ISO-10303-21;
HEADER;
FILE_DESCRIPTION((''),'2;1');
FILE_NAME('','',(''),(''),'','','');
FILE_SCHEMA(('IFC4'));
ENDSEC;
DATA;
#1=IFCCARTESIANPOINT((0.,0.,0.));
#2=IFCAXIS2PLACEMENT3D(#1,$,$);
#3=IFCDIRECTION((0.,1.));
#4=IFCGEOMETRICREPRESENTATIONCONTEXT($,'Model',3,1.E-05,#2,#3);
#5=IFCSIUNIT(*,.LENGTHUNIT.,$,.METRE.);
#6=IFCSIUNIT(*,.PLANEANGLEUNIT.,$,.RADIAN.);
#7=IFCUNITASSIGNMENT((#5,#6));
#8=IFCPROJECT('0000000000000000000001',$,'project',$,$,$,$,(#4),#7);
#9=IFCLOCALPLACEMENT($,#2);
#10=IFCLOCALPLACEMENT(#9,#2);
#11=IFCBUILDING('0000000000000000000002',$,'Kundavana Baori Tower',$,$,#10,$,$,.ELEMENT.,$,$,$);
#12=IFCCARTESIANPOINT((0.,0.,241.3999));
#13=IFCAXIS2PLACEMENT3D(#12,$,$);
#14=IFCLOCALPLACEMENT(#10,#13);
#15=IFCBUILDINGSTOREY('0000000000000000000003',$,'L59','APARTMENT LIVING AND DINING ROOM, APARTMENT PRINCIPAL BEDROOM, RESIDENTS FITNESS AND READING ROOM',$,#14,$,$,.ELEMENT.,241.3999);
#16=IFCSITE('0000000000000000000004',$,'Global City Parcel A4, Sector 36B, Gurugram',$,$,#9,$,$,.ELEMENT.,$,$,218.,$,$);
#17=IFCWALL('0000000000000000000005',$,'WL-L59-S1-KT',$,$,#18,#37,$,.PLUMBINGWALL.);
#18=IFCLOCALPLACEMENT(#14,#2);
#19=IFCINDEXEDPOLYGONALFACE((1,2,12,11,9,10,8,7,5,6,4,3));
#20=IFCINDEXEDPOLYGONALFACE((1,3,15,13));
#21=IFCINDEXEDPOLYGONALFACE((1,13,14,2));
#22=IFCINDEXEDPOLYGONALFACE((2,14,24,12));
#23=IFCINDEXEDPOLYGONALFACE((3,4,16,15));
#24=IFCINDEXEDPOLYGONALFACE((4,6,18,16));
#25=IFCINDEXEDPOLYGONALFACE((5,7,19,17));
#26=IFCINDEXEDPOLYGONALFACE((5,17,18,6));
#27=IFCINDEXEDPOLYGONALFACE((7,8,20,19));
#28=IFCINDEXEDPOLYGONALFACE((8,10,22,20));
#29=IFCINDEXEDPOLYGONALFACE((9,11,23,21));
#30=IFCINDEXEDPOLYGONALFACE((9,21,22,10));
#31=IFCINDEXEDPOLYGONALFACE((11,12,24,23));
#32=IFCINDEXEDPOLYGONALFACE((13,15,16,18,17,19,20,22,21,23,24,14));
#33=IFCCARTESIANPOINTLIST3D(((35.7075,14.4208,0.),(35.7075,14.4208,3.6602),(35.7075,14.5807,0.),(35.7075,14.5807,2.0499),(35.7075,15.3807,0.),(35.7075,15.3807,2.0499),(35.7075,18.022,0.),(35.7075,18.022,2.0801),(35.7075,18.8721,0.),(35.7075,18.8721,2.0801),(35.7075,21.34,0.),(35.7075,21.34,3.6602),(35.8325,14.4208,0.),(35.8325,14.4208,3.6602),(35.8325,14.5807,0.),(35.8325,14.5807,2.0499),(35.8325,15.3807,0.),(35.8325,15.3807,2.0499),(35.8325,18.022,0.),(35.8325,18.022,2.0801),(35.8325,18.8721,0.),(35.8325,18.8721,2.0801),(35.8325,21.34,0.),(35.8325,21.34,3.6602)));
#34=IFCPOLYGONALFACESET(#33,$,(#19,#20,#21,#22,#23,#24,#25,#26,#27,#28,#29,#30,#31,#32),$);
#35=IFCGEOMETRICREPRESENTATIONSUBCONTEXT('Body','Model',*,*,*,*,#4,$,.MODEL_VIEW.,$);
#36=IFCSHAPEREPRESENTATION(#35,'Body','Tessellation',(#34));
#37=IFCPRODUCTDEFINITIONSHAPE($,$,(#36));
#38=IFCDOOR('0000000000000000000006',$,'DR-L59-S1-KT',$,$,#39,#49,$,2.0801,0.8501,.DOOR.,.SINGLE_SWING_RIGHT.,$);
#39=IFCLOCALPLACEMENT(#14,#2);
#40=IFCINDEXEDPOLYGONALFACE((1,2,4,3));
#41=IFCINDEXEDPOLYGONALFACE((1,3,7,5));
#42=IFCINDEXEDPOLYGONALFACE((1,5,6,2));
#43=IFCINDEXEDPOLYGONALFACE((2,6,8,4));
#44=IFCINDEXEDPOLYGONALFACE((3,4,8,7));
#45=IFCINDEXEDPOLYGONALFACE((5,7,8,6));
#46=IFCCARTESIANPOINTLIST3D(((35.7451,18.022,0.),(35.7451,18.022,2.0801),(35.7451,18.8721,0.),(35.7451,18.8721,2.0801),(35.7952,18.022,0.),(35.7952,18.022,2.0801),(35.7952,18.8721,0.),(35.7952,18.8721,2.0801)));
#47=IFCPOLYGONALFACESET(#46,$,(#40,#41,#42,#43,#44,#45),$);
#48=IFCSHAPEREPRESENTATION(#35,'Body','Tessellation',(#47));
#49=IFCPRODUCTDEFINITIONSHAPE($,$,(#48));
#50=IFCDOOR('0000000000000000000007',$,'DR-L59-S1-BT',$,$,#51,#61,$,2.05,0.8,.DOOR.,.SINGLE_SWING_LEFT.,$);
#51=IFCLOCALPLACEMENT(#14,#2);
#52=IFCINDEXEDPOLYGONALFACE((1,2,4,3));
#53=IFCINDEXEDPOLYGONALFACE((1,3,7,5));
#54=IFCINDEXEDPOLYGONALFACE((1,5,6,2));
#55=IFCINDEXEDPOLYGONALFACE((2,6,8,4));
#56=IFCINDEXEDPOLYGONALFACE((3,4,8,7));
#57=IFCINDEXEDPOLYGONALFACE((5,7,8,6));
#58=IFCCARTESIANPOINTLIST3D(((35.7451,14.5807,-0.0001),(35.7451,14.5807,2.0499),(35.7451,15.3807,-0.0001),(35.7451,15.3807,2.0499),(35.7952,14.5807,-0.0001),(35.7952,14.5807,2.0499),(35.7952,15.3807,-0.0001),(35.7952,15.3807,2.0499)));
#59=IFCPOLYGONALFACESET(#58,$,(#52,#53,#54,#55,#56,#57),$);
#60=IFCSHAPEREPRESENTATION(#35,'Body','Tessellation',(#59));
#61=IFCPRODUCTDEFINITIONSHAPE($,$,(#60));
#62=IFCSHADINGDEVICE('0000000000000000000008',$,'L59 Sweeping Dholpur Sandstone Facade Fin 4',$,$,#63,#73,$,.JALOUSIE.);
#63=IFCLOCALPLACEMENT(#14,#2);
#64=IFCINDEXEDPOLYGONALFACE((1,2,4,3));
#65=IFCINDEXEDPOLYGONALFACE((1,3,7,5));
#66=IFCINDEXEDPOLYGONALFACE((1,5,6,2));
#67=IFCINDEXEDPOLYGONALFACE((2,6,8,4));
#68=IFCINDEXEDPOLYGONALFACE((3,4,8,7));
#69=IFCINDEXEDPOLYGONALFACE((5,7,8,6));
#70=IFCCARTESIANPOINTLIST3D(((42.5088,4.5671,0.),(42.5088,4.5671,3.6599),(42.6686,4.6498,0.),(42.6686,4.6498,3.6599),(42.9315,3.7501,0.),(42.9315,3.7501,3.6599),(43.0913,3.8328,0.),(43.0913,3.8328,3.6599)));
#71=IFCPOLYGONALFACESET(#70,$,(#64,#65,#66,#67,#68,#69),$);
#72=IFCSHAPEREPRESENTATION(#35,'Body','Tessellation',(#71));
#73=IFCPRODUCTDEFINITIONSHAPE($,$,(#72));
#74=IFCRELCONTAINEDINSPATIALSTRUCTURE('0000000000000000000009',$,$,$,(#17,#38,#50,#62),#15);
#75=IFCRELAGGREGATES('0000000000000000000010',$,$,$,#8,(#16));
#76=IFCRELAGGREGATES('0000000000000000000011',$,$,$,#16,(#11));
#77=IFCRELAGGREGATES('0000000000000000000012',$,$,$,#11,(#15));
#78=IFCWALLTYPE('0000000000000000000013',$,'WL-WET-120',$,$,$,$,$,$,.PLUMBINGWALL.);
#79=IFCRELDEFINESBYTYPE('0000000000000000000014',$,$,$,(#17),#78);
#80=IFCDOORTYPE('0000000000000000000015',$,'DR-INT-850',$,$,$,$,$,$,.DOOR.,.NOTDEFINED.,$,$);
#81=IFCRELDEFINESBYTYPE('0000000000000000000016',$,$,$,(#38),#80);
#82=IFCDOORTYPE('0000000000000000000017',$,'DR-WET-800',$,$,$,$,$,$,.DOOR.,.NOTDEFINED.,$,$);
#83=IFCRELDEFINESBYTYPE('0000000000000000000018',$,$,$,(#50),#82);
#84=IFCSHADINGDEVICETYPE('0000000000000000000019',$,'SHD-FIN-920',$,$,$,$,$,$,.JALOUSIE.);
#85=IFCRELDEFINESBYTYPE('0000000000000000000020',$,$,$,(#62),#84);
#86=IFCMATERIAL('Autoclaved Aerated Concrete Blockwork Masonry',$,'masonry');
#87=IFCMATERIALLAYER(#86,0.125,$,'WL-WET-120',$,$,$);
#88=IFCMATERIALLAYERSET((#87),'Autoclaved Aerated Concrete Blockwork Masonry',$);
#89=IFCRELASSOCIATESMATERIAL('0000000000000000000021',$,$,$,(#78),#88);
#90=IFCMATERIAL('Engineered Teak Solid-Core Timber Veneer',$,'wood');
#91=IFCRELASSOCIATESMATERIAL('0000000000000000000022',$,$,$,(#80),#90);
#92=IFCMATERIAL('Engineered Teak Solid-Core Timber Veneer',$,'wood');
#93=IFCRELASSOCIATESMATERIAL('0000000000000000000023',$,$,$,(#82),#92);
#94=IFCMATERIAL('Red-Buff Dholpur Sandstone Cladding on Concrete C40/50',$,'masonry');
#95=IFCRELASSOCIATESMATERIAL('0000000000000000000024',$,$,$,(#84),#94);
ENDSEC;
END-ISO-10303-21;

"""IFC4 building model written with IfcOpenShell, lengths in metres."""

from ifc_helpers import new_model, si_unit, direction, frame, frame_2d, origin, origin_2d, place, context, subcontext, project, spatial, rectangle, extrude, material, layer, layer_set, type_object, element, fill, save


model = new_model("IFC4")

# Units and contexts
model_context = context("Model", 3, precision=1e-05, world=origin(), true_north=direction((0.0, 1.0)))
body_context = subcontext(model_context, "Body", "Model", "MODEL_VIEW")
ifc_project = project(units=[si_unit("LENGTHUNIT", "METRE"), si_unit("PLANEANGLEUNIT", "RADIAN")], contexts=[model_context])

# Site, building, storey
site_placement = place(None, origin())
site = spatial("IfcSite", under=ifc_project, at=site_placement, Name="Global City Parcel A4, Sector 36B, Gurugram", CompositionType="ELEMENT", RefElevation=218.0)
building_placement = place(site_placement, origin())
building = spatial("IfcBuilding", under=site, at=building_placement, Name="Kundavana Baori Tower", CompositionType="ELEMENT")
storey_placement = place(building_placement, frame((0.0, 0.0, 241.3999)))
storey = spatial("IfcBuildingStorey", under=building, at=storey_placement, Name="L59", Description="APARTMENT LIVING AND DINING ROOM, APARTMENT PRINCIPAL BEDROOM, RESIDENTS FITNESS AND READING ROOM", CompositionType="ELEMENT", Elevation=241.3999)

# Wall, openings, doors
ifc_material_1 = material(Name="Autoclaved Aerated Concrete Blockwork Masonry", Category="masonry")
ifc_layer_1 = layer(ifc_material_1, 0.125, Name="WL-WET-120")
ifc_layer_set_1 = layer_set([ifc_layer_1], Name="Autoclaved Aerated Concrete Blockwork Masonry")
wall_type_1 = type_object("IfcWallType", Name="WL-WET-120", PredefinedType="PLUMBINGWALL", material=ifc_layer_set_1)
wall_1_placement = place(storey_placement, frame((35.77, 14.4209, 0.0), z_axis=(0.0, 0.0, 1.0), x_axis=(0.0, 1.0, 0.0)))
wall_1 = element("IfcWall", 1, at=wall_1_placement, inside=storey, type_object=wall_type_1, Name="WL-L59-S1-KT", PredefinedType="PLUMBINGWALL", context=body_context, shape_type="SweptSolid", body=[
    extrude(rectangle(XDim=6.9192, YDim=0.125, at=frame_2d((3.4595, 0.0))), origin(), (0.0, 0.0, 1.0), 3.6602),
])
opening_1_placement = place(wall_1_placement, frame((0.1599, 0.0, 0.0)))
opening_1 = element("IfcOpeningElement", 2, at=opening_1_placement, cuts=wall_1, PredefinedType="OPENING", context=body_context, shape_type="SweptSolid", body=[
    extrude(rectangle(XDim=0.8, YDim=2.05, at=frame_2d((0.3999, 1.0249))), frame((0.0, 0.0725, 0.0), z_axis=(0.0, -1.0, 0.0), x_axis=(1.0, 0.0, 0.0)), (0.0, 0.0, 1.0), 0.145),
])
opening_2_placement = place(wall_1_placement, frame((3.6011, 0.0, 0.0)))
opening_2 = element("IfcOpeningElement", 3, at=opening_2_placement, cuts=wall_1, PredefinedType="OPENING", context=body_context, shape_type="SweptSolid", body=[
    extrude(rectangle(XDim=0.8501, YDim=2.0801, at=frame_2d((0.425, 1.04))), frame((0.0, 0.0725, 0.0), z_axis=(0.0, -1.0, 0.0), x_axis=(1.0, 0.0, 0.0)), (0.0, 0.0, 1.0), 0.145),
])
ifc_material_2 = material(Name="Engineered Teak Solid-Core Timber Veneer", Category="wood")
door_type_1 = type_object("IfcDoorType", Name="DR-INT-850", OperationType="NOTDEFINED", PredefinedType="DOOR", material=ifc_material_2)
door_1_placement = place(opening_2_placement, origin())
door_1 = element("IfcDoor", 4, at=door_1_placement, inside=storey, type_object=door_type_1, Name="DR-L59-S1-KT", OperationType="SINGLE_SWING_RIGHT", OverallHeight=2.0801, OverallWidth=0.8501, PredefinedType="DOOR", context=body_context, shape_type="SweptSolid", body=[
    extrude(rectangle(XDim=0.8501, YDim=2.0801, at=frame_2d((0.425, 1.04))), frame((0.0, 0.0249, 0.0), z_axis=(0.0, -1.0, 0.0), x_axis=(1.0, 0.0, 0.0)), (0.0, 0.0, 1.0), 0.05),
])
fill(opening_2, door_1)
ifc_material_3 = material(Name="Engineered Teak Solid-Core Timber Veneer", Category="wood")
door_type_2 = type_object("IfcDoorType", Name="DR-WET-800", OperationType="NOTDEFINED", PredefinedType="DOOR", material=ifc_material_3)
door_2_placement = place(opening_1_placement, origin())
door_2 = element("IfcDoor", 5, at=door_2_placement, inside=storey, type_object=door_type_2, Name="DR-L59-S1-BT", OperationType="SINGLE_SWING_LEFT", OverallHeight=2.05, OverallWidth=0.8, PredefinedType="DOOR", context=body_context, shape_type="SweptSolid", body=[
    extrude(rectangle(XDim=0.8, YDim=2.05, at=frame_2d((0.3999, 1.0249))), frame((0.0, 0.0249, 0.0), z_axis=(0.0, -1.0, 0.0), x_axis=(1.0, 0.0, 0.0)), (0.0, 0.0, 1.0), 0.05),
])
fill(opening_1, door_2)

# Shading device
ifc_material_4 = material(Name="Red-Buff Dholpur Sandstone Cladding on Concrete C40/50", Category="masonry")
shading_device_type = type_object("IfcShadingDeviceType", Name="SHD-FIN-920", PredefinedType="JALOUSIE", material=ifc_material_4)
shading_device_placement = place(storey_placement, frame((42.8, 4.2, 0.0), z_axis=(0.0, 0.0, 1.0), x_axis=(0.888136, 0.45958, 0.0)))
element("IfcShadingDevice", 6, at=shading_device_placement, inside=storey, type_object=shading_device_type, Name="L59 Sweeping Dholpur Sandstone Facade Fin 4", PredefinedType="JALOUSIE", context=body_context, shape_type="SweptSolid", body=[
    extrude(rectangle(XDim=0.1799, YDim=0.9199, at=origin_2d()), origin(), (0.0, 0.0, 1.0), 3.6599),
])

save(model, "model.ifc")
